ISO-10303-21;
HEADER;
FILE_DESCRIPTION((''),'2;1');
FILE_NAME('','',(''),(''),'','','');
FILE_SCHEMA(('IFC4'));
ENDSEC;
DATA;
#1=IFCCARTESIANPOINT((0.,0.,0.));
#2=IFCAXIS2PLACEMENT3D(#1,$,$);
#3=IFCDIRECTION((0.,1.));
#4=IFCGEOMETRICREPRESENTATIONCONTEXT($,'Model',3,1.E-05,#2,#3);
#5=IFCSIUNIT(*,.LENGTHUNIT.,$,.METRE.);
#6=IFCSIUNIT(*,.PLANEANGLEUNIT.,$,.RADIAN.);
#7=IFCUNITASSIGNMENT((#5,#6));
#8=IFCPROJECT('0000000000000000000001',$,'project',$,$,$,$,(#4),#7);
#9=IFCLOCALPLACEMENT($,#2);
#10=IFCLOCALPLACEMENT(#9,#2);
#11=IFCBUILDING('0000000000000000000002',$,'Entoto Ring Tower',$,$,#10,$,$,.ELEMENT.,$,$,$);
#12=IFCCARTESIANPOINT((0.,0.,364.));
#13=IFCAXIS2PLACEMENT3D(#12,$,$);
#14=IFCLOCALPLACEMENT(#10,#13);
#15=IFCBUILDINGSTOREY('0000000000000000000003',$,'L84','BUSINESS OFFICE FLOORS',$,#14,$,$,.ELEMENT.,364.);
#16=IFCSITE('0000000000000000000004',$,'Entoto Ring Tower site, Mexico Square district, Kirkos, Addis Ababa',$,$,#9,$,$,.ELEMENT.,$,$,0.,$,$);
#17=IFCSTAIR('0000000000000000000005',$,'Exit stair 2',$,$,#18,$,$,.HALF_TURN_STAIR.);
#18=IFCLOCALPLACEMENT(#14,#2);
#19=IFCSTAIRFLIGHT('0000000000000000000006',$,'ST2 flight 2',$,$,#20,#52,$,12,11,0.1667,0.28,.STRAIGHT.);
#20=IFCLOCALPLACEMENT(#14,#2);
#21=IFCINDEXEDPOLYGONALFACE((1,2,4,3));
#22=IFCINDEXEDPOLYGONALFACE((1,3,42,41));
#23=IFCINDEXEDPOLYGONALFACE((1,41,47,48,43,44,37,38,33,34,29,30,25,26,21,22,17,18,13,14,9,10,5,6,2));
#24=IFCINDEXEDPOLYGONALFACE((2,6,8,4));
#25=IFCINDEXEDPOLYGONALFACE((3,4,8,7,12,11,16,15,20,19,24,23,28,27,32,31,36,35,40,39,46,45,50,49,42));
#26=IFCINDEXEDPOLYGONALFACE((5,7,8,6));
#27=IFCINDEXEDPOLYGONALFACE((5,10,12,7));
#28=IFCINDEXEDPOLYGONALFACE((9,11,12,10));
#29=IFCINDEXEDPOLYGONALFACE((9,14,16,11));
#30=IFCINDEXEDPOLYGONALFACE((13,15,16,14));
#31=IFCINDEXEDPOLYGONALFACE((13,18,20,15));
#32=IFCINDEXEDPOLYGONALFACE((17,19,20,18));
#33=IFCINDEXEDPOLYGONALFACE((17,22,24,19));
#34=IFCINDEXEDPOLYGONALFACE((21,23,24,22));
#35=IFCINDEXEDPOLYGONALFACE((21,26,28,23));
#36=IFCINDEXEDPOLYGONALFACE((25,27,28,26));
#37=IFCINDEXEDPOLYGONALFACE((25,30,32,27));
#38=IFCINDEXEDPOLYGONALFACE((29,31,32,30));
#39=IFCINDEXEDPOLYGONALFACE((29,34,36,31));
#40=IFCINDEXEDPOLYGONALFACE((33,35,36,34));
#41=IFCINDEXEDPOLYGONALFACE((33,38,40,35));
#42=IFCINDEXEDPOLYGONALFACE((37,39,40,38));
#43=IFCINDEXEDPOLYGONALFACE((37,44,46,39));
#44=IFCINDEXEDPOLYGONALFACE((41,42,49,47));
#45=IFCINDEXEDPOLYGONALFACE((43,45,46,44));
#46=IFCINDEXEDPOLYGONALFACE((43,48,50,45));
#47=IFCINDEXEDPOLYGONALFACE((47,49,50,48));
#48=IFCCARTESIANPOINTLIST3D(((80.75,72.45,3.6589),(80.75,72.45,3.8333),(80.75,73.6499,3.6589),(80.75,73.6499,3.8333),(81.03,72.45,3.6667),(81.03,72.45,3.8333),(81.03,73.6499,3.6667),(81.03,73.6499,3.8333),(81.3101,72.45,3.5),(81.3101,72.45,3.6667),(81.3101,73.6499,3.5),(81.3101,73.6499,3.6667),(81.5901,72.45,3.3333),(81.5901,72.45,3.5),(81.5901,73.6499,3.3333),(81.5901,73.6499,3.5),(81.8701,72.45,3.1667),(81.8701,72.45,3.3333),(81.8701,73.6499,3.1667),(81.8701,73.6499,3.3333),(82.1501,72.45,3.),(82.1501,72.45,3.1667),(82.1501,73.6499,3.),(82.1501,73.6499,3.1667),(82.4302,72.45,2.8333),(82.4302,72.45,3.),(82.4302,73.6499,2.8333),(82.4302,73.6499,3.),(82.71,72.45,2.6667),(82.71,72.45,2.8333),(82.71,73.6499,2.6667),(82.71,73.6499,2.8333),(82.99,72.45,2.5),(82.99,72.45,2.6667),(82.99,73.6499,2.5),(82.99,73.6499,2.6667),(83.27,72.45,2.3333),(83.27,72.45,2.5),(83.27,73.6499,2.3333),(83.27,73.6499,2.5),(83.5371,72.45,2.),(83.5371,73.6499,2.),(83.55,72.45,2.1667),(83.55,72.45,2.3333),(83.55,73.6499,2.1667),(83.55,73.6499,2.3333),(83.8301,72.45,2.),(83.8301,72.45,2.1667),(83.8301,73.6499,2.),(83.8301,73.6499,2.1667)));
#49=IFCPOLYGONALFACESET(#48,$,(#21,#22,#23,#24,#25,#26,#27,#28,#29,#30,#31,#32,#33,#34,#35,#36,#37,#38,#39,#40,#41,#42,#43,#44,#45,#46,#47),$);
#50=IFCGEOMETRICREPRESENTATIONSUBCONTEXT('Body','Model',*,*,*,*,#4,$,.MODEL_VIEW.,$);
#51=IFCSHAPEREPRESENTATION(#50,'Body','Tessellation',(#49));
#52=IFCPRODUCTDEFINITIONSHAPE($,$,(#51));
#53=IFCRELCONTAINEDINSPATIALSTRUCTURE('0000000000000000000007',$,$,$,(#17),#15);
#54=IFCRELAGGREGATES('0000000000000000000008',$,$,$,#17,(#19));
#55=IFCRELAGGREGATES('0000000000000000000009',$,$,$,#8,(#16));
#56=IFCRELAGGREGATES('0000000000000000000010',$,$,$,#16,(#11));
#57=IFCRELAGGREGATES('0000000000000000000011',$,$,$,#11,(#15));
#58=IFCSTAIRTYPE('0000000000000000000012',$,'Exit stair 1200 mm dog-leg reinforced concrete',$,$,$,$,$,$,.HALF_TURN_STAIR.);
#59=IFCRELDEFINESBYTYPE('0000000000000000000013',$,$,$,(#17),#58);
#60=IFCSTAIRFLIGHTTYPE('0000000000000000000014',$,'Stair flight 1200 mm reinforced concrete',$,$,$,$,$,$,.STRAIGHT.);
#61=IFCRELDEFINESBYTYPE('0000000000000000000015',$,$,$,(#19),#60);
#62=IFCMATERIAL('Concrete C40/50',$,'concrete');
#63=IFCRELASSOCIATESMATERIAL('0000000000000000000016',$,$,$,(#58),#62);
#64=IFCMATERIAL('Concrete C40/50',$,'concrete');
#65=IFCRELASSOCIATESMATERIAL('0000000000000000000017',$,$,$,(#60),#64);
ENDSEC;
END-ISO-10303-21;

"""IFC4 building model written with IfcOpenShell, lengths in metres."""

from ifc_helpers import new_model, si_unit, direction, frame, origin, place, context, subcontext, project, spatial, polyline, outline, extrude, material, type_object, element, aggregate, save


model = new_model("IFC4")

# Units and contexts
model_context = context("Model", 3, precision=1e-05, world=origin(), true_north=direction((0.0, 1.0)))
body_context = subcontext(model_context, "Body", "Model", "MODEL_VIEW")
ifc_project = project(units=[si_unit("LENGTHUNIT", "METRE"), si_unit("PLANEANGLEUNIT", "RADIAN")], contexts=[model_context])

# Site, building, storey
site_placement = place(None, origin())
site = spatial("IfcSite", under=ifc_project, at=site_placement, Name="Entoto Ring Tower site, Mexico Square district, Kirkos, Addis Ababa", CompositionType="ELEMENT", RefElevation=0.0)
building_placement = place(site_placement, origin())
building = spatial("IfcBuilding", under=site, at=building_placement, Name="Entoto Ring Tower", CompositionType="ELEMENT")
storey_placement = place(building_placement, frame((0.0, 0.0, 364.0)))
storey = spatial("IfcBuildingStorey", under=building, at=storey_placement, Name="L84", Description="BUSINESS OFFICE FLOORS", CompositionType="ELEMENT", Elevation=364.0)

# Stair, stair flight
ifc_material_1 = material(Name="Concrete C40/50", Category="concrete")
stair_type = type_object("IfcStairType", Name="Exit stair 1200 mm dog-leg reinforced concrete", PredefinedType="HALF_TURN_STAIR", material=ifc_material_1)
stair_placement = place(storey_placement, origin())
stair = element("IfcStair", 1, at=stair_placement, inside=storey, type_object=stair_type, Name="Exit stair 2", PredefinedType="HALF_TURN_STAIR")
ifc_material_2 = material(Name="Concrete C40/50", Category="concrete")
stair_flight_type = type_object("IfcStairFlightType", Name="Stair flight 1200 mm reinforced concrete", PredefinedType="STRAIGHT", material=ifc_material_2)
stair_flight_1_placement = place(storey_placement, frame((83.8301, 73.05, 2.0), z_axis=(0.0, 0.0, 1.0), x_axis=(-1.0, 0.0, 0.0)))
stair_flight_1 = element("IfcStairFlight", 2, at=stair_flight_1_placement, type_object=stair_flight_type, Name="ST2 flight 2", NumberOfRisers=12, NumberOfTreads=11, PredefinedType="STRAIGHT", RiserHeight=0.1667, TreadLength=0.28, context=body_context, shape_type="SweptSolid", body=[
    extrude(outline(polyline([(0.0, 0.0), (0.0, 0.1667), (0.28, 0.1667), (0.28, 0.3333), (0.5601, 0.3333), (0.5601, 0.5), (0.8401, 0.5), (0.8401, 0.6667), (1.1201, 0.6667), (1.1201, 0.8333), (1.3999, 0.8333), (1.3999, 1.0), (1.6799, 1.0), (1.6799, 1.1667), (1.96, 1.1667), (1.96, 1.3333), (2.24, 1.3333), (2.24, 1.5), (2.52, 1.5), (2.52, 1.6667), (2.8, 1.6667), (2.8, 1.8333), (3.0801, 1.8333), (3.0801, 2.0), (3.0801, 1.6589), (0.293, 0.0), (0.0, 0.0)])), frame((0.0, 0.6001, 0.0), z_axis=(0.0, -1.0, 0.0), x_axis=(1.0, 0.0, 0.0)), (0.0, 0.0, 1.0), 1.2),
])
aggregate(stair, [stair_flight_1])

save(model, "model.ifc")
